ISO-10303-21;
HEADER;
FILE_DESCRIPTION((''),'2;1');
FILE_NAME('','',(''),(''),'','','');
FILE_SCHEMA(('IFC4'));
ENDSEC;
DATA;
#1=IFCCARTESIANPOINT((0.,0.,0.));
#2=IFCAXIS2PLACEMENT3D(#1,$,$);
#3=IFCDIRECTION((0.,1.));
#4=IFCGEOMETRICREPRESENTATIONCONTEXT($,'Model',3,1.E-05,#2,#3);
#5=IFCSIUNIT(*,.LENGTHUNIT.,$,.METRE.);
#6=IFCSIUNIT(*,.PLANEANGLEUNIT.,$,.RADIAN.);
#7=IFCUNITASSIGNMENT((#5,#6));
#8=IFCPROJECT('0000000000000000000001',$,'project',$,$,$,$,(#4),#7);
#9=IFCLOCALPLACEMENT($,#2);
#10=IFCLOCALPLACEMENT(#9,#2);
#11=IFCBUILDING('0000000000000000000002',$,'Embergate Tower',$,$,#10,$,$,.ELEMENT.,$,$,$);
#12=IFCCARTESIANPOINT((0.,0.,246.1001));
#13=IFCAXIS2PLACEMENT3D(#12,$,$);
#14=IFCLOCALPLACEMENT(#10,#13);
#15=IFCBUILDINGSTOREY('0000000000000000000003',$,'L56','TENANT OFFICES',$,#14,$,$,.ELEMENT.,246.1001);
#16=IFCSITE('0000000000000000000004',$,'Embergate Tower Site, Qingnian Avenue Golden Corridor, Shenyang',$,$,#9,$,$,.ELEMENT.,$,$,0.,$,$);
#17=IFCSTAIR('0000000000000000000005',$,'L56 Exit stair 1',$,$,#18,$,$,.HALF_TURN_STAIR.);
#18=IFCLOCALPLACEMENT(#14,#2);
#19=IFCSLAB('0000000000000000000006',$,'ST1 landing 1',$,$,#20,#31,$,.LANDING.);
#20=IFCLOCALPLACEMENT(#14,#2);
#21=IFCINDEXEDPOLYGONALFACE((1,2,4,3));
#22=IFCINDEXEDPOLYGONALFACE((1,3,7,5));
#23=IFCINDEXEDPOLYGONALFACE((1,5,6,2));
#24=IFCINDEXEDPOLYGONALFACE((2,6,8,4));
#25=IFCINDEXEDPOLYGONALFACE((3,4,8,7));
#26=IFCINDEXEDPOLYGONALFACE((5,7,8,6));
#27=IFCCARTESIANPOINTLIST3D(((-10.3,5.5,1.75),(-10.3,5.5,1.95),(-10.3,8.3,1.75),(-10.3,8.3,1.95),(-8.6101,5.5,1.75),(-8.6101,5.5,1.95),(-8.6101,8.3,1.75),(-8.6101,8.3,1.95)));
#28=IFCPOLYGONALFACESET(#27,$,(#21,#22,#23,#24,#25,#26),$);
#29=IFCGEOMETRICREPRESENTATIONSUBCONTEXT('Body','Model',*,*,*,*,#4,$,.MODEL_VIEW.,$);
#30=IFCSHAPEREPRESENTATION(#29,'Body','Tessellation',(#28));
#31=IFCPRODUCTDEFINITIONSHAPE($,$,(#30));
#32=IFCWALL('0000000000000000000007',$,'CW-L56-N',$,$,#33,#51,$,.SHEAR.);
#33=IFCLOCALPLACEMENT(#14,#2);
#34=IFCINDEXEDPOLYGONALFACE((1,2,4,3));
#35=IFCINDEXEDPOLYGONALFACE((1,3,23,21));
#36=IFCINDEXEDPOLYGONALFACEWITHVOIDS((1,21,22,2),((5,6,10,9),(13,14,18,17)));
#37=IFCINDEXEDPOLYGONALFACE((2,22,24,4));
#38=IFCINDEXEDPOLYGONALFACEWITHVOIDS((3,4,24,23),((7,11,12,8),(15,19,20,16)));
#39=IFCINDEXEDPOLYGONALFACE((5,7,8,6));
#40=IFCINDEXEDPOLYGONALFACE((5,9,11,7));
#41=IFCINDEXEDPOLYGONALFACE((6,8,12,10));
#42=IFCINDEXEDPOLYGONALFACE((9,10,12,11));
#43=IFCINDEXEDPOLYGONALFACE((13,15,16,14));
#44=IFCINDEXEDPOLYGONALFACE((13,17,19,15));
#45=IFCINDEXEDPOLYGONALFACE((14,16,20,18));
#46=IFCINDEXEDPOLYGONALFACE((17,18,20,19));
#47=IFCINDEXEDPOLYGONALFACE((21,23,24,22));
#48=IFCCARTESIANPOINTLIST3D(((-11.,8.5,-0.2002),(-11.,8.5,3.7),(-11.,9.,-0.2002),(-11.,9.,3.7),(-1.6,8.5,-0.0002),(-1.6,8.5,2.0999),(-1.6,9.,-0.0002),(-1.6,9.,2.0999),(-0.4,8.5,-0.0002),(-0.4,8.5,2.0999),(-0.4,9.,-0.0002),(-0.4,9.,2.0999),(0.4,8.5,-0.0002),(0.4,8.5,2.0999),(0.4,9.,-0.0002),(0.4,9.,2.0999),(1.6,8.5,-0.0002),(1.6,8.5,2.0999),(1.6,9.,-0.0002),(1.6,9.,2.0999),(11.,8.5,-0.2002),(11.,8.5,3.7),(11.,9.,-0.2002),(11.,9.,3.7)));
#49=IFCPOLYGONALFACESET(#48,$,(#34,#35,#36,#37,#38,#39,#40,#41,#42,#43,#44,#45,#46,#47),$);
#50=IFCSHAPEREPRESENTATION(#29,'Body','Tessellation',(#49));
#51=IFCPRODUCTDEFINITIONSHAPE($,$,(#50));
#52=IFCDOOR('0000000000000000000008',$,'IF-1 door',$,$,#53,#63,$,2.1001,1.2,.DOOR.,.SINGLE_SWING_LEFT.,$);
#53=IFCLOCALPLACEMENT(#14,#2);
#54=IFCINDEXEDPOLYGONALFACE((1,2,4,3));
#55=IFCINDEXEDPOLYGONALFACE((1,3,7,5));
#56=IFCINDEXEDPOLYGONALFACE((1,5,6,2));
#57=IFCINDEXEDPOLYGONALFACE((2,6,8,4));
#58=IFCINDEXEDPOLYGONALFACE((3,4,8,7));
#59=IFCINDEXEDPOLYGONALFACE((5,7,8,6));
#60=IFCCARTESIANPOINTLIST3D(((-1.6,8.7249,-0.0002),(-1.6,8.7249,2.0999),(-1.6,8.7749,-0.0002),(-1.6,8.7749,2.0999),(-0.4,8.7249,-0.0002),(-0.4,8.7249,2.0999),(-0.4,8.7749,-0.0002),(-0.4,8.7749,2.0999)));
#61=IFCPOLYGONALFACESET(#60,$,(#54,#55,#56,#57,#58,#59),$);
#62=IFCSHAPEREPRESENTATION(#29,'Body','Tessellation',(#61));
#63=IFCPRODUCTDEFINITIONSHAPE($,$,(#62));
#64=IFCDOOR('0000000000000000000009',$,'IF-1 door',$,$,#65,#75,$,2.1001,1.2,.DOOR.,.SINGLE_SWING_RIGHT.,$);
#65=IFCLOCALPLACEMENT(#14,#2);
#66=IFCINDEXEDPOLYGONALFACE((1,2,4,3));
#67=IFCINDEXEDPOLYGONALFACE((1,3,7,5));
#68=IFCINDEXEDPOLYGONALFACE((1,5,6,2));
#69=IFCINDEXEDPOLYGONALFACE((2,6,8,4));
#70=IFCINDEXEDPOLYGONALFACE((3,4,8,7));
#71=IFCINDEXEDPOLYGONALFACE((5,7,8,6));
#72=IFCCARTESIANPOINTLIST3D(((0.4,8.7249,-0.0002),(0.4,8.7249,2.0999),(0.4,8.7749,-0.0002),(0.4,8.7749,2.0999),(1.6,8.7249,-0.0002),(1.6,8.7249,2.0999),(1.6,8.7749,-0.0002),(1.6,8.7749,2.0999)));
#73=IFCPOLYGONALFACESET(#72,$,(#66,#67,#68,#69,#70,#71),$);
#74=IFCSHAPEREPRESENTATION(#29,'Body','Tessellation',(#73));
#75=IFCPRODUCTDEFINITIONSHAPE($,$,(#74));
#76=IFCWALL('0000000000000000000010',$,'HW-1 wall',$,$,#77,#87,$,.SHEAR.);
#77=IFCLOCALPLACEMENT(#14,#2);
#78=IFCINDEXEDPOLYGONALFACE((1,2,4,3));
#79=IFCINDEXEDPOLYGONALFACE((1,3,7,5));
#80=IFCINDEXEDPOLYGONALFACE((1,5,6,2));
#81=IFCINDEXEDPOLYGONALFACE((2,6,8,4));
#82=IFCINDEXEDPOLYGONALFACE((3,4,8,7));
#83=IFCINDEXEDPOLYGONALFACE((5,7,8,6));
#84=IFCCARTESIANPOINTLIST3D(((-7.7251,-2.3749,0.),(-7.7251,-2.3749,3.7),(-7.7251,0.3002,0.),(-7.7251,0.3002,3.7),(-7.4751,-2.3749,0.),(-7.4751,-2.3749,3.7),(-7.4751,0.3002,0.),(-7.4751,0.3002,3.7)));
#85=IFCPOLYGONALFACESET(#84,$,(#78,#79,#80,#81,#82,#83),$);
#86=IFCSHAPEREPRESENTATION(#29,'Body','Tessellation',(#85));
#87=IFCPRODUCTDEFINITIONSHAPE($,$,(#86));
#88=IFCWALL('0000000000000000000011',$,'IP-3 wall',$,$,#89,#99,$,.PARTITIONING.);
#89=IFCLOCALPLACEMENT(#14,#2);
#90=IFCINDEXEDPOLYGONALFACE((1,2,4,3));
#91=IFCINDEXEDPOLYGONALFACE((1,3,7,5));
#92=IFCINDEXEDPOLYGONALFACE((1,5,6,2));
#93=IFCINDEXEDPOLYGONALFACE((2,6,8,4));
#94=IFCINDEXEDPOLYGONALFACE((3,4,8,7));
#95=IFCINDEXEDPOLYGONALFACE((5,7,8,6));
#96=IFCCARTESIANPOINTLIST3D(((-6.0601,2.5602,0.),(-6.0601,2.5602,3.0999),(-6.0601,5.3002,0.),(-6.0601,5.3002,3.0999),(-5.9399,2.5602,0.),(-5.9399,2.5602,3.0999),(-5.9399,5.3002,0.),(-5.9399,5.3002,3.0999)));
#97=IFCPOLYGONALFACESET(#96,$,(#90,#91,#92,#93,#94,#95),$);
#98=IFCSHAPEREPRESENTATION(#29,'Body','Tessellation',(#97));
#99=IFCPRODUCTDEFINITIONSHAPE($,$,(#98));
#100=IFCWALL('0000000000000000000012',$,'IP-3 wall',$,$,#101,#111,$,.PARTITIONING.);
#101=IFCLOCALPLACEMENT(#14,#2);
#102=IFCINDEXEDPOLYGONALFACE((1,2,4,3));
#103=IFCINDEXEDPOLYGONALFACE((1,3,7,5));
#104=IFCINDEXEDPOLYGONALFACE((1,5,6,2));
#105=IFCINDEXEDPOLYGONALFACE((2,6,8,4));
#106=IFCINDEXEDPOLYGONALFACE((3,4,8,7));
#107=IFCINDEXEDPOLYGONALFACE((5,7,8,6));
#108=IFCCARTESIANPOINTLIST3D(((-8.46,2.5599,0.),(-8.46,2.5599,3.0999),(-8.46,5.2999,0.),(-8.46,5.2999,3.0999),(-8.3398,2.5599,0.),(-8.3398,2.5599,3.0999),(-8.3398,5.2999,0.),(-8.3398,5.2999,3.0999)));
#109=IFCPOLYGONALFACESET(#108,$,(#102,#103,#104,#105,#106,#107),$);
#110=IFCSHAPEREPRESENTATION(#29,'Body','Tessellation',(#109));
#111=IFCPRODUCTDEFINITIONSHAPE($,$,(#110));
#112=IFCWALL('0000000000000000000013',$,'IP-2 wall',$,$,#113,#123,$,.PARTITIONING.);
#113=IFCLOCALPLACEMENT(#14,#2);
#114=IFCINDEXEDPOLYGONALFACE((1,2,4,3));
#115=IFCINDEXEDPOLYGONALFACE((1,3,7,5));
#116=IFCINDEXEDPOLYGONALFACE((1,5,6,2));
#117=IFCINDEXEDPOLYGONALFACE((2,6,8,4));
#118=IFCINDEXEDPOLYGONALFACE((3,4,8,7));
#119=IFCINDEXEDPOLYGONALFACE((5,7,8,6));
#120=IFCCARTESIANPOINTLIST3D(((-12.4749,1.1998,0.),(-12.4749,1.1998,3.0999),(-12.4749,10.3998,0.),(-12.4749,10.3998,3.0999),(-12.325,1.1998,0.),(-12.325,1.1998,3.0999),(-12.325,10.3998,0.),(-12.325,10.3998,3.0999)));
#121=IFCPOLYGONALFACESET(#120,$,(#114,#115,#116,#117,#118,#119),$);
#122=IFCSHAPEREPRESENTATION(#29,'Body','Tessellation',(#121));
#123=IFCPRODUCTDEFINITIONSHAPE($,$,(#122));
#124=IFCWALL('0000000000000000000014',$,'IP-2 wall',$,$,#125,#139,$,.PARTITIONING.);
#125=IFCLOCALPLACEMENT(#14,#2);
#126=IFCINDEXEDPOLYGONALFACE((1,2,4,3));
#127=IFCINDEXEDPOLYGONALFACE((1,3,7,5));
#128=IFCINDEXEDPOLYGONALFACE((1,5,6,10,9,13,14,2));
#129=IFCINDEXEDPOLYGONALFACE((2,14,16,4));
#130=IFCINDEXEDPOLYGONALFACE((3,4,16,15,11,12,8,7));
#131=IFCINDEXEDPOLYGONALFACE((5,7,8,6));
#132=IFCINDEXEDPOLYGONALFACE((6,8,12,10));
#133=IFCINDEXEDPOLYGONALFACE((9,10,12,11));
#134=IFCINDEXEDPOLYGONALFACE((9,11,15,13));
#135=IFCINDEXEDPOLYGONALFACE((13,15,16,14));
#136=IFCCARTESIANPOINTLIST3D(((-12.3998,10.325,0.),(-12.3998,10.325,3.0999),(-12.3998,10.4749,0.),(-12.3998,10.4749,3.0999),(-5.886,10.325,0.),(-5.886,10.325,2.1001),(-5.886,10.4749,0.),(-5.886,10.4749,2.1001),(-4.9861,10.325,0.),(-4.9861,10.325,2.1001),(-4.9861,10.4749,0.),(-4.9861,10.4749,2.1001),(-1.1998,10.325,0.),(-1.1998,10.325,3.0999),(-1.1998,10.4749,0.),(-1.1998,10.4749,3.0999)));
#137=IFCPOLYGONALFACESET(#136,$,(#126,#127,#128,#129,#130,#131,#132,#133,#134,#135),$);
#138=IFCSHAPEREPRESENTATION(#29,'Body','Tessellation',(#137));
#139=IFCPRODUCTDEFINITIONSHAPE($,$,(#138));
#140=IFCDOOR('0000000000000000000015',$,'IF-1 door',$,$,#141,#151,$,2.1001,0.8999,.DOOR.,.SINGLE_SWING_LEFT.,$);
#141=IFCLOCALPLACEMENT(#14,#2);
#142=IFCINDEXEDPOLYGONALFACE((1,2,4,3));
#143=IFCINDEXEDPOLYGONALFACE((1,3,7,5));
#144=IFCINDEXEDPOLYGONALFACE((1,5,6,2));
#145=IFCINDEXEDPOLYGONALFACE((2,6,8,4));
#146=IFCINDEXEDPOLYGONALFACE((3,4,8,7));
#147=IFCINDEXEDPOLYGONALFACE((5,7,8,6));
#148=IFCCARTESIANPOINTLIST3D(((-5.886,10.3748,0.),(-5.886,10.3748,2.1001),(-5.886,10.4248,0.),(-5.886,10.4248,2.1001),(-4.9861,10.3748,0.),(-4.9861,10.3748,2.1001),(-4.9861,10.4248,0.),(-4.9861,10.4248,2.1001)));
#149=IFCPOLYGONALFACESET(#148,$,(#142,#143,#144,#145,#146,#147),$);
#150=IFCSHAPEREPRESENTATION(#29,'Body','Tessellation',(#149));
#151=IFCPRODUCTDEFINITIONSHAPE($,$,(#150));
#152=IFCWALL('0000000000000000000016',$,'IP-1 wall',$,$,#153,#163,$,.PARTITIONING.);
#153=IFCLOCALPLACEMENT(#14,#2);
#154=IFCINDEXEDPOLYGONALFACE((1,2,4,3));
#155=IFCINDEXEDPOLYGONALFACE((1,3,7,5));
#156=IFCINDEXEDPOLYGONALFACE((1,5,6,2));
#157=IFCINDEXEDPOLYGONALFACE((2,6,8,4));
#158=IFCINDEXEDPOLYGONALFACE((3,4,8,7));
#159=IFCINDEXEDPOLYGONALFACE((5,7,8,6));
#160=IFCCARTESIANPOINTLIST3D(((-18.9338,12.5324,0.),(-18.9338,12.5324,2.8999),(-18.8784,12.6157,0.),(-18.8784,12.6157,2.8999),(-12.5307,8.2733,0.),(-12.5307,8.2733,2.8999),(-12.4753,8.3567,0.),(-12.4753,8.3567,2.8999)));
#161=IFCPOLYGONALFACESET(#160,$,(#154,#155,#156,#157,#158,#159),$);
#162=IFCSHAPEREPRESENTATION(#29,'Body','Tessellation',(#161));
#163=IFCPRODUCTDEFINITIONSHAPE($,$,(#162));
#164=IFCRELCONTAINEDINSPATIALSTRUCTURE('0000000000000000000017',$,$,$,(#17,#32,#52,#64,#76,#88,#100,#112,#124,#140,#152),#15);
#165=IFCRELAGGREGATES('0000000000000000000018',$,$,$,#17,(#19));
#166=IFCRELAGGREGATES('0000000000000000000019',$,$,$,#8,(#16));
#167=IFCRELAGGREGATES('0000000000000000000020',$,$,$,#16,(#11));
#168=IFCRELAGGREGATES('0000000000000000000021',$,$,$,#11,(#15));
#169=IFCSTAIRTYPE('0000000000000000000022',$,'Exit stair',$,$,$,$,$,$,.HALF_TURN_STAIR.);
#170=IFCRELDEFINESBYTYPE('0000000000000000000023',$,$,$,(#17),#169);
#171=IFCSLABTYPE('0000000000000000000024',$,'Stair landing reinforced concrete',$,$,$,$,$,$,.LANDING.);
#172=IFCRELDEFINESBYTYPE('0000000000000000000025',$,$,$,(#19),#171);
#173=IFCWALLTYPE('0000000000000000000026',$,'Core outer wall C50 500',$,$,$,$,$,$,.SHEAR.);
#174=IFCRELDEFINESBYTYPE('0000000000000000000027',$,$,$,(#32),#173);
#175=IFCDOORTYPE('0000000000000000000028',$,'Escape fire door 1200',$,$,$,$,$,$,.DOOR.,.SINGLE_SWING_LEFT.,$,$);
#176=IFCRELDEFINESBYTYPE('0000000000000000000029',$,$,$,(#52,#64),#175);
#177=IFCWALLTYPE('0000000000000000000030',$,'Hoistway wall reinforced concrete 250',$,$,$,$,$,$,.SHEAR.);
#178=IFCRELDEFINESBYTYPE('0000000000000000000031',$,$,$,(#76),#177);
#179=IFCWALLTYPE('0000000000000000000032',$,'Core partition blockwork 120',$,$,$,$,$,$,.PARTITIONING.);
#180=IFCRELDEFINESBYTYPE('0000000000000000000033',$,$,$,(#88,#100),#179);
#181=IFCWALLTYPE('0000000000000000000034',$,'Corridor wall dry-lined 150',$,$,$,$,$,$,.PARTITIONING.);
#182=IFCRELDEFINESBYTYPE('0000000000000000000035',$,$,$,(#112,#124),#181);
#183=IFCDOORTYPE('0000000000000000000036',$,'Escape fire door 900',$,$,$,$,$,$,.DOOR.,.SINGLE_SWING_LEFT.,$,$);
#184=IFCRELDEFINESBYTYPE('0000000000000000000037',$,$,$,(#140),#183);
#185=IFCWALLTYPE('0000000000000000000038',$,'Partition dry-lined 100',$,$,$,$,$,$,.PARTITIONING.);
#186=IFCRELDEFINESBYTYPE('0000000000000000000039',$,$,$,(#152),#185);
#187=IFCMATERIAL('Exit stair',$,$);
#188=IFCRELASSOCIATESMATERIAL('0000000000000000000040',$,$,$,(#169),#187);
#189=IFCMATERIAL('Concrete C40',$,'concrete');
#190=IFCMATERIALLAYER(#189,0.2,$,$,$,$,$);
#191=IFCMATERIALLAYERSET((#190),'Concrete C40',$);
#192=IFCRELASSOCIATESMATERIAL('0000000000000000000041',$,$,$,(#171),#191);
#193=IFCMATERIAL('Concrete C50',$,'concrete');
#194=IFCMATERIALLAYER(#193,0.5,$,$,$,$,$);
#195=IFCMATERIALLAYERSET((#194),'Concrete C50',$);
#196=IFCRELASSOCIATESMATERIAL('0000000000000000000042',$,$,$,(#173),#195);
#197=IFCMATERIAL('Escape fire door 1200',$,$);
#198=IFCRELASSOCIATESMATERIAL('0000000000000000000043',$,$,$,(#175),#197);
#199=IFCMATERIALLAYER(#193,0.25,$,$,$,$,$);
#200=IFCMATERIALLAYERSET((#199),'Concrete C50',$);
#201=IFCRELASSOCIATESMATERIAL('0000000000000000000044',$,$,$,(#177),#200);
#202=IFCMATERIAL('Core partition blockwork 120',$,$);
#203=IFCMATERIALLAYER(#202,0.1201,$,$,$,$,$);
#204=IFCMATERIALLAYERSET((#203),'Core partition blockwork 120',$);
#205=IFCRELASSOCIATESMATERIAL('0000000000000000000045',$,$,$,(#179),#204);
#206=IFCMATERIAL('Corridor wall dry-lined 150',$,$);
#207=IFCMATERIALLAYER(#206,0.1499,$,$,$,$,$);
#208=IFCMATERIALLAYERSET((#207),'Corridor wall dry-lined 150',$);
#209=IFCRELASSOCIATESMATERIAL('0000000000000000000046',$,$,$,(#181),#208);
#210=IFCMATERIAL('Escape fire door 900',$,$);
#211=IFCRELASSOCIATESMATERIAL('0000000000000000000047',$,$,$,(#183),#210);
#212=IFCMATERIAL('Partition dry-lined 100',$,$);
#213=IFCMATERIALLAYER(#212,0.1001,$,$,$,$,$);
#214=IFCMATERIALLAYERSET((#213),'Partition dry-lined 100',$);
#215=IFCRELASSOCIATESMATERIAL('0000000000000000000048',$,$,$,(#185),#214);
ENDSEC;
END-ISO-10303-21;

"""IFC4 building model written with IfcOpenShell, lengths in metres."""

from ifc_helpers import new_model, si_unit, direction, frame, frame_2d, origin, place, context, subcontext, project, spatial, polyline, rectangle, outline, extrude, source, transform, mapped, material, layer, layer_set, type_object, element, fill, aggregate, save


model = new_model("IFC4")

# Units and contexts
model_context = context("Model", 3, precision=1e-05, world=origin(), true_north=direction((0.0, 1.0)))
body_context = subcontext(model_context, "Body", "Model", "MODEL_VIEW")
ifc_project = project(units=[si_unit("LENGTHUNIT", "METRE"), si_unit("PLANEANGLEUNIT", "RADIAN")], contexts=[model_context])

# Site, building, storey
site_placement = place(None, origin())
site = spatial("IfcSite", under=ifc_project, at=site_placement, Name="Embergate Tower Site, Qingnian Avenue Golden Corridor, Shenyang", CompositionType="ELEMENT", RefElevation=0.0)
building_placement = place(site_placement, origin())
building = spatial("IfcBuilding", under=site, at=building_placement, Name="Embergate Tower", CompositionType="ELEMENT")
storey_placement = place(building_placement, frame((0.0, 0.0, 246.1001)))
storey = spatial("IfcBuildingStorey", under=building, at=storey_placement, Name="L56", Description="TENANT OFFICES", CompositionType="ELEMENT", Elevation=246.1001)

# Stair, slab
ifc_material_1 = material(Name="Exit stair")
stair_type = type_object("IfcStairType", Name="Exit stair", PredefinedType="HALF_TURN_STAIR", material=ifc_material_1)
stair_placement = place(storey_placement, origin())
stair = element("IfcStair", 1, at=stair_placement, inside=storey, type_object=stair_type, Name="L56 Exit stair 1", PredefinedType="HALF_TURN_STAIR")
ifc_material_2 = material(Name="Concrete C40", Category="concrete")
ifc_layer_1 = layer(ifc_material_2, 0.2)
ifc_layer_set_1 = layer_set([ifc_layer_1], Name="Concrete C40")
slab_type = type_object("IfcSlabType", Name="Stair landing reinforced concrete", PredefinedType="LANDING", material=ifc_layer_set_1)
shared_shape_1 = source(origin(), body_context, "Body", "SweptSolid", [
    extrude(outline(polyline([(0.0, 0.0), (1.6899, 0.0), (1.6899, 2.8), (0.0, 2.8), (0.0, 0.0)])), origin(), (0.0, 0.0, 1.0), 0.2),
])
slab_placement = place(storey_placement, frame((-10.3, 5.5, 1.75)))
slab = element("IfcSlab", 2, at=slab_placement, type_object=slab_type, Name="ST1 landing 1", PredefinedType="LANDING", context=body_context, shape_type="MappedRepresentation", body=[
    mapped(shared_shape_1, transform((0.0, 0.0, 0.0))),
])

# Wall, openings, doors
ifc_material_3 = material(Name="Concrete C50", Category="concrete")
ifc_layer_2 = layer(ifc_material_3, 0.5)
ifc_layer_set_2 = layer_set([ifc_layer_2], Name="Concrete C50")
wall_type_1 = type_object("IfcWallType", Name="Core outer wall C50 500", PredefinedType="SHEAR", material=ifc_layer_set_2)
shared_shape_2 = source(origin(), body_context, "Body", "SweptSolid", [
    extrude(rectangle(XDim=22.0, YDim=0.5, at=frame_2d((11.0, 0.0))), origin(), (0.0, 0.0, 1.0), 3.9001),
])
wall_1_placement = place(storey_placement, frame((-11.0, 8.75, -0.2002), z_axis=(0.0, 0.0, 1.0), x_axis=(1.0, 0.0, 0.0)))
wall_1 = element("IfcWall", 3, at=wall_1_placement, inside=storey, type_object=wall_type_1, Name="CW-L56-N", PredefinedType="SHEAR", context=body_context, shape_type="MappedRepresentation", body=[
    mapped(shared_shape_2, transform((0.0, 0.0, 0.0))),
])
shared_shape_3 = source(origin(), body_context, "Body", "SweptSolid", [
    extrude(rectangle(XDim=1.2, YDim=2.1001, at=frame_2d((0.6001, 1.05))), frame((0.0, 0.26, 0.0), z_axis=(0.0, -1.0, 0.0), x_axis=(1.0, 0.0, 0.0)), (0.0, 0.0, 1.0), 0.52),
])
opening_1_placement = place(wall_1_placement, frame((9.3999, 0.0, 0.2)))
opening_1 = element("IfcOpeningElement", 4, at=opening_1_placement, cuts=wall_1, PredefinedType="OPENING", context=body_context, shape_type="MappedRepresentation", body=[
    mapped(shared_shape_3, transform((0.0, 0.0, 0.0))),
])
opening_2_placement = place(wall_1_placement, frame((11.3999, 0.0, 0.2)))
opening_2 = element("IfcOpeningElement", 5, at=opening_2_placement, cuts=wall_1, PredefinedType="OPENING", context=body_context, shape_type="MappedRepresentation", body=[
    mapped(shared_shape_3, transform((0.0, 0.0, 0.0))),
])
ifc_material_4 = material(Name="Escape fire door 1200")
door_type_1 = type_object("IfcDoorType", Name="Escape fire door 1200", OperationType="SINGLE_SWING_LEFT", PredefinedType="DOOR", material=ifc_material_4)
shared_shape_4 = source(origin(), body_context, "Body", "SweptSolid", [
    extrude(rectangle(XDim=1.2, YDim=2.1001, at=frame_2d((0.6001, 1.05))), frame((0.0, 0.0249, 0.0), z_axis=(0.0, -1.0, 0.0), x_axis=(1.0, 0.0, 0.0)), (0.0, 0.0, 1.0), 0.05),
])
door_1_placement = place(opening_1_placement, origin())
door_1 = element("IfcDoor", 6, at=door_1_placement, inside=storey, type_object=door_type_1, Name="IF-1 door", OperationType="SINGLE_SWING_LEFT", OverallHeight=2.1001, OverallWidth=1.2, PredefinedType="DOOR", context=body_context, shape_type="MappedRepresentation", body=[
    mapped(shared_shape_4, transform((0.0, 0.0, 0.0))),
])
fill(opening_1, door_1)
door_2_placement = place(opening_2_placement, origin())
door_2 = element("IfcDoor", 7, at=door_2_placement, inside=storey, type_object=door_type_1, Name="IF-1 door", OperationType="SINGLE_SWING_RIGHT", OverallHeight=2.1001, OverallWidth=1.2, PredefinedType="DOOR", context=body_context, shape_type="MappedRepresentation", body=[
    mapped(shared_shape_4, transform((0.0, 0.0, 0.0))),
])
fill(opening_2, door_2)

# Walls
ifc_layer_3 = layer(ifc_material_3, 0.25)
ifc_layer_set_3 = layer_set([ifc_layer_3], Name="Concrete C50")
wall_type_2 = type_object("IfcWallType", Name="Hoistway wall reinforced concrete 250", PredefinedType="SHEAR", material=ifc_layer_set_3)
shared_shape_5 = source(origin(), body_context, "Body", "SweptSolid", [
    extrude(rectangle(XDim=2.675, YDim=0.25, at=frame_2d((1.3374, 0.0))), origin(), (0.0, 0.0, 1.0), 3.7),
])
wall_2_placement = place(storey_placement, frame((-7.6001, 0.3, 0.0), z_axis=(0.0, 0.0, 1.0), x_axis=(0.0, -1.0, 0.0)))
element("IfcWall", 8, at=wall_2_placement, inside=storey, type_object=wall_type_2, Name="HW-1 wall", PredefinedType="SHEAR", context=body_context, shape_type="MappedRepresentation", body=[
    mapped(shared_shape_5, transform((0.0, 0.0, 0.0))),
])
ifc_material_5 = material(Name="Core partition blockwork 120")
ifc_layer_4 = layer(ifc_material_5, 0.1201)
ifc_layer_set_4 = layer_set([ifc_layer_4], Name="Core partition blockwork 120")
wall_type_3 = type_object("IfcWallType", Name="Core partition blockwork 120", PredefinedType="PARTITIONING", material=ifc_layer_set_4)
shared_shape_6 = source(origin(), body_context, "Body", "SweptSolid", [
    extrude(rectangle(XDim=2.74, YDim=0.1201, at=frame_2d((1.3701, 0.0))), origin(), (0.0, 0.0, 1.0), 3.0999),
])
for number, where, z_axis, x_axis, name in (
    (9, (-6.0, 2.5601, 0.0), (0.0, 0.0, 1.0), (0.0, 1.0, 0.0), "IP-3 wall"),
    (10, (-8.3999, 5.3, 0.0), (0.0, 0.0, 1.0), (0.0, -1.0, 0.0), "IP-3 wall"),
):
    element("IfcWall", number, at=place(storey_placement, frame(where, z_axis=z_axis, x_axis=x_axis)), inside=storey, type_object=wall_type_3, Name=name, PredefinedType="PARTITIONING", context=body_context, shape_type="MappedRepresentation", body=[
        mapped(shared_shape_6, transform((0.0, 0.0, 0.0))),
    ])
ifc_material_6 = material(Name="Corridor wall dry-lined 150")
ifc_layer_5 = layer(ifc_material_6, 0.1499)
ifc_layer_set_5 = layer_set([ifc_layer_5], Name="Corridor wall dry-lined 150")
wall_type_4 = type_object("IfcWallType", Name="Corridor wall dry-lined 150", PredefinedType="PARTITIONING", material=ifc_layer_set_5)
shared_shape_7 = source(origin(), body_context, "Body", "SweptSolid", [
    extrude(rectangle(XDim=9.2, YDim=0.1499, at=frame_2d((4.6001, 0.0))), origin(), (0.0, 0.0, 1.0), 3.0999),
])
wall_3_placement = place(storey_placement, frame((-12.3999, 10.3999, 0.0), z_axis=(0.0, 0.0, 1.0), x_axis=(0.0, -1.0, 0.0)))
element("IfcWall", 11, at=wall_3_placement, inside=storey, type_object=wall_type_4, Name="IP-2 wall", PredefinedType="PARTITIONING", context=body_context, shape_type="MappedRepresentation", body=[
    mapped(shared_shape_7, transform((0.0, 0.0, 0.0))),
])

# Wall, opening, door
shared_shape_8 = source(origin(), body_context, "Body", "SweptSolid", [
    extrude(rectangle(XDim=11.2, YDim=0.1499, at=frame_2d((5.6001, 0.0))), origin(), (0.0, 0.0, 1.0), 3.0999),
])
wall_4_placement = place(storey_placement, frame((-12.3999, 10.3999, 0.0), z_axis=(0.0, 0.0, 1.0), x_axis=(1.0, 0.0, 0.0)))
wall_4 = element("IfcWall", 12, at=wall_4_placement, inside=storey, type_object=wall_type_4, Name="IP-2 wall", PredefinedType="PARTITIONING", context=body_context, shape_type="MappedRepresentation", body=[
    mapped(shared_shape_8, transform((0.0, 0.0, 0.0))),
])
shared_shape_9 = source(origin(), body_context, "Body", "SweptSolid", [
    extrude(rectangle(XDim=0.8999, YDim=2.1001, at=frame_2d((0.45, 1.05))), frame((0.0, 0.085, 0.0), z_axis=(0.0, -1.0, 0.0), x_axis=(1.0, 0.0, 0.0)), (0.0, 0.0, 1.0), 0.1699),
])
opening_3_placement = place(wall_4_placement, frame((6.5139, 0.0, 0.0)))
opening_3 = element("IfcOpeningElement", 13, at=opening_3_placement, cuts=wall_4, PredefinedType="OPENING", context=body_context, shape_type="MappedRepresentation", body=[
    mapped(shared_shape_9, transform((0.0, 0.0, 0.0))),
])
ifc_material_7 = material(Name="Escape fire door 900")
door_type_2 = type_object("IfcDoorType", Name="Escape fire door 900", OperationType="SINGLE_SWING_LEFT", PredefinedType="DOOR", material=ifc_material_7)
shared_shape_10 = source(origin(), body_context, "Body", "SweptSolid", [
    extrude(rectangle(XDim=0.8999, YDim=2.1001, at=frame_2d((0.45, 1.05))), frame((0.0, 0.0249, 0.0), z_axis=(0.0, -1.0, 0.0), x_axis=(1.0, 0.0, 0.0)), (0.0, 0.0, 1.0), 0.05),
])
door_3_placement = place(opening_3_placement, origin())
door_3 = element("IfcDoor", 14, at=door_3_placement, inside=storey, type_object=door_type_2, Name="IF-1 door", OperationType="SINGLE_SWING_LEFT", OverallHeight=2.1001, OverallWidth=0.8999, PredefinedType="DOOR", context=body_context, shape_type="MappedRepresentation", body=[
    mapped(shared_shape_10, transform((0.0, 0.0, 0.0))),
])
fill(opening_3, door_3)

# Wall
ifc_material_8 = material(Name="Partition dry-lined 100")
ifc_layer_6 = layer(ifc_material_8, 0.1001)
ifc_layer_set_6 = layer_set([ifc_layer_6], Name="Partition dry-lined 100")
wall_type_5 = type_object("IfcWallType", Name="Partition dry-lined 100", PredefinedType="PARTITIONING", material=ifc_layer_set_6)
shared_shape_11 = source(origin(), body_context, "Body", "SweptSolid", [
    extrude(rectangle(XDim=7.6902, YDim=0.1001, at=frame_2d((3.8452, 0.0))), origin(), (0.0, 0.0, 1.0), 2.8999),
])
wall_5_placement = place(storey_placement, frame((-12.5029, 8.3149, 0.0), z_axis=(0.0, 0.0, 1.0), x_axis=(-0.832631, 0.553828, 0.0)))
element("IfcWall", 15, at=wall_5_placement, inside=storey, type_object=wall_type_5, Name="IP-1 wall", PredefinedType="PARTITIONING", context=body_context, shape_type="MappedRepresentation", body=[
    mapped(shared_shape_11, transform((0.0, 0.0, 0.0))),
])

aggregate(stair, [slab])

save(model, "model.ifc")
